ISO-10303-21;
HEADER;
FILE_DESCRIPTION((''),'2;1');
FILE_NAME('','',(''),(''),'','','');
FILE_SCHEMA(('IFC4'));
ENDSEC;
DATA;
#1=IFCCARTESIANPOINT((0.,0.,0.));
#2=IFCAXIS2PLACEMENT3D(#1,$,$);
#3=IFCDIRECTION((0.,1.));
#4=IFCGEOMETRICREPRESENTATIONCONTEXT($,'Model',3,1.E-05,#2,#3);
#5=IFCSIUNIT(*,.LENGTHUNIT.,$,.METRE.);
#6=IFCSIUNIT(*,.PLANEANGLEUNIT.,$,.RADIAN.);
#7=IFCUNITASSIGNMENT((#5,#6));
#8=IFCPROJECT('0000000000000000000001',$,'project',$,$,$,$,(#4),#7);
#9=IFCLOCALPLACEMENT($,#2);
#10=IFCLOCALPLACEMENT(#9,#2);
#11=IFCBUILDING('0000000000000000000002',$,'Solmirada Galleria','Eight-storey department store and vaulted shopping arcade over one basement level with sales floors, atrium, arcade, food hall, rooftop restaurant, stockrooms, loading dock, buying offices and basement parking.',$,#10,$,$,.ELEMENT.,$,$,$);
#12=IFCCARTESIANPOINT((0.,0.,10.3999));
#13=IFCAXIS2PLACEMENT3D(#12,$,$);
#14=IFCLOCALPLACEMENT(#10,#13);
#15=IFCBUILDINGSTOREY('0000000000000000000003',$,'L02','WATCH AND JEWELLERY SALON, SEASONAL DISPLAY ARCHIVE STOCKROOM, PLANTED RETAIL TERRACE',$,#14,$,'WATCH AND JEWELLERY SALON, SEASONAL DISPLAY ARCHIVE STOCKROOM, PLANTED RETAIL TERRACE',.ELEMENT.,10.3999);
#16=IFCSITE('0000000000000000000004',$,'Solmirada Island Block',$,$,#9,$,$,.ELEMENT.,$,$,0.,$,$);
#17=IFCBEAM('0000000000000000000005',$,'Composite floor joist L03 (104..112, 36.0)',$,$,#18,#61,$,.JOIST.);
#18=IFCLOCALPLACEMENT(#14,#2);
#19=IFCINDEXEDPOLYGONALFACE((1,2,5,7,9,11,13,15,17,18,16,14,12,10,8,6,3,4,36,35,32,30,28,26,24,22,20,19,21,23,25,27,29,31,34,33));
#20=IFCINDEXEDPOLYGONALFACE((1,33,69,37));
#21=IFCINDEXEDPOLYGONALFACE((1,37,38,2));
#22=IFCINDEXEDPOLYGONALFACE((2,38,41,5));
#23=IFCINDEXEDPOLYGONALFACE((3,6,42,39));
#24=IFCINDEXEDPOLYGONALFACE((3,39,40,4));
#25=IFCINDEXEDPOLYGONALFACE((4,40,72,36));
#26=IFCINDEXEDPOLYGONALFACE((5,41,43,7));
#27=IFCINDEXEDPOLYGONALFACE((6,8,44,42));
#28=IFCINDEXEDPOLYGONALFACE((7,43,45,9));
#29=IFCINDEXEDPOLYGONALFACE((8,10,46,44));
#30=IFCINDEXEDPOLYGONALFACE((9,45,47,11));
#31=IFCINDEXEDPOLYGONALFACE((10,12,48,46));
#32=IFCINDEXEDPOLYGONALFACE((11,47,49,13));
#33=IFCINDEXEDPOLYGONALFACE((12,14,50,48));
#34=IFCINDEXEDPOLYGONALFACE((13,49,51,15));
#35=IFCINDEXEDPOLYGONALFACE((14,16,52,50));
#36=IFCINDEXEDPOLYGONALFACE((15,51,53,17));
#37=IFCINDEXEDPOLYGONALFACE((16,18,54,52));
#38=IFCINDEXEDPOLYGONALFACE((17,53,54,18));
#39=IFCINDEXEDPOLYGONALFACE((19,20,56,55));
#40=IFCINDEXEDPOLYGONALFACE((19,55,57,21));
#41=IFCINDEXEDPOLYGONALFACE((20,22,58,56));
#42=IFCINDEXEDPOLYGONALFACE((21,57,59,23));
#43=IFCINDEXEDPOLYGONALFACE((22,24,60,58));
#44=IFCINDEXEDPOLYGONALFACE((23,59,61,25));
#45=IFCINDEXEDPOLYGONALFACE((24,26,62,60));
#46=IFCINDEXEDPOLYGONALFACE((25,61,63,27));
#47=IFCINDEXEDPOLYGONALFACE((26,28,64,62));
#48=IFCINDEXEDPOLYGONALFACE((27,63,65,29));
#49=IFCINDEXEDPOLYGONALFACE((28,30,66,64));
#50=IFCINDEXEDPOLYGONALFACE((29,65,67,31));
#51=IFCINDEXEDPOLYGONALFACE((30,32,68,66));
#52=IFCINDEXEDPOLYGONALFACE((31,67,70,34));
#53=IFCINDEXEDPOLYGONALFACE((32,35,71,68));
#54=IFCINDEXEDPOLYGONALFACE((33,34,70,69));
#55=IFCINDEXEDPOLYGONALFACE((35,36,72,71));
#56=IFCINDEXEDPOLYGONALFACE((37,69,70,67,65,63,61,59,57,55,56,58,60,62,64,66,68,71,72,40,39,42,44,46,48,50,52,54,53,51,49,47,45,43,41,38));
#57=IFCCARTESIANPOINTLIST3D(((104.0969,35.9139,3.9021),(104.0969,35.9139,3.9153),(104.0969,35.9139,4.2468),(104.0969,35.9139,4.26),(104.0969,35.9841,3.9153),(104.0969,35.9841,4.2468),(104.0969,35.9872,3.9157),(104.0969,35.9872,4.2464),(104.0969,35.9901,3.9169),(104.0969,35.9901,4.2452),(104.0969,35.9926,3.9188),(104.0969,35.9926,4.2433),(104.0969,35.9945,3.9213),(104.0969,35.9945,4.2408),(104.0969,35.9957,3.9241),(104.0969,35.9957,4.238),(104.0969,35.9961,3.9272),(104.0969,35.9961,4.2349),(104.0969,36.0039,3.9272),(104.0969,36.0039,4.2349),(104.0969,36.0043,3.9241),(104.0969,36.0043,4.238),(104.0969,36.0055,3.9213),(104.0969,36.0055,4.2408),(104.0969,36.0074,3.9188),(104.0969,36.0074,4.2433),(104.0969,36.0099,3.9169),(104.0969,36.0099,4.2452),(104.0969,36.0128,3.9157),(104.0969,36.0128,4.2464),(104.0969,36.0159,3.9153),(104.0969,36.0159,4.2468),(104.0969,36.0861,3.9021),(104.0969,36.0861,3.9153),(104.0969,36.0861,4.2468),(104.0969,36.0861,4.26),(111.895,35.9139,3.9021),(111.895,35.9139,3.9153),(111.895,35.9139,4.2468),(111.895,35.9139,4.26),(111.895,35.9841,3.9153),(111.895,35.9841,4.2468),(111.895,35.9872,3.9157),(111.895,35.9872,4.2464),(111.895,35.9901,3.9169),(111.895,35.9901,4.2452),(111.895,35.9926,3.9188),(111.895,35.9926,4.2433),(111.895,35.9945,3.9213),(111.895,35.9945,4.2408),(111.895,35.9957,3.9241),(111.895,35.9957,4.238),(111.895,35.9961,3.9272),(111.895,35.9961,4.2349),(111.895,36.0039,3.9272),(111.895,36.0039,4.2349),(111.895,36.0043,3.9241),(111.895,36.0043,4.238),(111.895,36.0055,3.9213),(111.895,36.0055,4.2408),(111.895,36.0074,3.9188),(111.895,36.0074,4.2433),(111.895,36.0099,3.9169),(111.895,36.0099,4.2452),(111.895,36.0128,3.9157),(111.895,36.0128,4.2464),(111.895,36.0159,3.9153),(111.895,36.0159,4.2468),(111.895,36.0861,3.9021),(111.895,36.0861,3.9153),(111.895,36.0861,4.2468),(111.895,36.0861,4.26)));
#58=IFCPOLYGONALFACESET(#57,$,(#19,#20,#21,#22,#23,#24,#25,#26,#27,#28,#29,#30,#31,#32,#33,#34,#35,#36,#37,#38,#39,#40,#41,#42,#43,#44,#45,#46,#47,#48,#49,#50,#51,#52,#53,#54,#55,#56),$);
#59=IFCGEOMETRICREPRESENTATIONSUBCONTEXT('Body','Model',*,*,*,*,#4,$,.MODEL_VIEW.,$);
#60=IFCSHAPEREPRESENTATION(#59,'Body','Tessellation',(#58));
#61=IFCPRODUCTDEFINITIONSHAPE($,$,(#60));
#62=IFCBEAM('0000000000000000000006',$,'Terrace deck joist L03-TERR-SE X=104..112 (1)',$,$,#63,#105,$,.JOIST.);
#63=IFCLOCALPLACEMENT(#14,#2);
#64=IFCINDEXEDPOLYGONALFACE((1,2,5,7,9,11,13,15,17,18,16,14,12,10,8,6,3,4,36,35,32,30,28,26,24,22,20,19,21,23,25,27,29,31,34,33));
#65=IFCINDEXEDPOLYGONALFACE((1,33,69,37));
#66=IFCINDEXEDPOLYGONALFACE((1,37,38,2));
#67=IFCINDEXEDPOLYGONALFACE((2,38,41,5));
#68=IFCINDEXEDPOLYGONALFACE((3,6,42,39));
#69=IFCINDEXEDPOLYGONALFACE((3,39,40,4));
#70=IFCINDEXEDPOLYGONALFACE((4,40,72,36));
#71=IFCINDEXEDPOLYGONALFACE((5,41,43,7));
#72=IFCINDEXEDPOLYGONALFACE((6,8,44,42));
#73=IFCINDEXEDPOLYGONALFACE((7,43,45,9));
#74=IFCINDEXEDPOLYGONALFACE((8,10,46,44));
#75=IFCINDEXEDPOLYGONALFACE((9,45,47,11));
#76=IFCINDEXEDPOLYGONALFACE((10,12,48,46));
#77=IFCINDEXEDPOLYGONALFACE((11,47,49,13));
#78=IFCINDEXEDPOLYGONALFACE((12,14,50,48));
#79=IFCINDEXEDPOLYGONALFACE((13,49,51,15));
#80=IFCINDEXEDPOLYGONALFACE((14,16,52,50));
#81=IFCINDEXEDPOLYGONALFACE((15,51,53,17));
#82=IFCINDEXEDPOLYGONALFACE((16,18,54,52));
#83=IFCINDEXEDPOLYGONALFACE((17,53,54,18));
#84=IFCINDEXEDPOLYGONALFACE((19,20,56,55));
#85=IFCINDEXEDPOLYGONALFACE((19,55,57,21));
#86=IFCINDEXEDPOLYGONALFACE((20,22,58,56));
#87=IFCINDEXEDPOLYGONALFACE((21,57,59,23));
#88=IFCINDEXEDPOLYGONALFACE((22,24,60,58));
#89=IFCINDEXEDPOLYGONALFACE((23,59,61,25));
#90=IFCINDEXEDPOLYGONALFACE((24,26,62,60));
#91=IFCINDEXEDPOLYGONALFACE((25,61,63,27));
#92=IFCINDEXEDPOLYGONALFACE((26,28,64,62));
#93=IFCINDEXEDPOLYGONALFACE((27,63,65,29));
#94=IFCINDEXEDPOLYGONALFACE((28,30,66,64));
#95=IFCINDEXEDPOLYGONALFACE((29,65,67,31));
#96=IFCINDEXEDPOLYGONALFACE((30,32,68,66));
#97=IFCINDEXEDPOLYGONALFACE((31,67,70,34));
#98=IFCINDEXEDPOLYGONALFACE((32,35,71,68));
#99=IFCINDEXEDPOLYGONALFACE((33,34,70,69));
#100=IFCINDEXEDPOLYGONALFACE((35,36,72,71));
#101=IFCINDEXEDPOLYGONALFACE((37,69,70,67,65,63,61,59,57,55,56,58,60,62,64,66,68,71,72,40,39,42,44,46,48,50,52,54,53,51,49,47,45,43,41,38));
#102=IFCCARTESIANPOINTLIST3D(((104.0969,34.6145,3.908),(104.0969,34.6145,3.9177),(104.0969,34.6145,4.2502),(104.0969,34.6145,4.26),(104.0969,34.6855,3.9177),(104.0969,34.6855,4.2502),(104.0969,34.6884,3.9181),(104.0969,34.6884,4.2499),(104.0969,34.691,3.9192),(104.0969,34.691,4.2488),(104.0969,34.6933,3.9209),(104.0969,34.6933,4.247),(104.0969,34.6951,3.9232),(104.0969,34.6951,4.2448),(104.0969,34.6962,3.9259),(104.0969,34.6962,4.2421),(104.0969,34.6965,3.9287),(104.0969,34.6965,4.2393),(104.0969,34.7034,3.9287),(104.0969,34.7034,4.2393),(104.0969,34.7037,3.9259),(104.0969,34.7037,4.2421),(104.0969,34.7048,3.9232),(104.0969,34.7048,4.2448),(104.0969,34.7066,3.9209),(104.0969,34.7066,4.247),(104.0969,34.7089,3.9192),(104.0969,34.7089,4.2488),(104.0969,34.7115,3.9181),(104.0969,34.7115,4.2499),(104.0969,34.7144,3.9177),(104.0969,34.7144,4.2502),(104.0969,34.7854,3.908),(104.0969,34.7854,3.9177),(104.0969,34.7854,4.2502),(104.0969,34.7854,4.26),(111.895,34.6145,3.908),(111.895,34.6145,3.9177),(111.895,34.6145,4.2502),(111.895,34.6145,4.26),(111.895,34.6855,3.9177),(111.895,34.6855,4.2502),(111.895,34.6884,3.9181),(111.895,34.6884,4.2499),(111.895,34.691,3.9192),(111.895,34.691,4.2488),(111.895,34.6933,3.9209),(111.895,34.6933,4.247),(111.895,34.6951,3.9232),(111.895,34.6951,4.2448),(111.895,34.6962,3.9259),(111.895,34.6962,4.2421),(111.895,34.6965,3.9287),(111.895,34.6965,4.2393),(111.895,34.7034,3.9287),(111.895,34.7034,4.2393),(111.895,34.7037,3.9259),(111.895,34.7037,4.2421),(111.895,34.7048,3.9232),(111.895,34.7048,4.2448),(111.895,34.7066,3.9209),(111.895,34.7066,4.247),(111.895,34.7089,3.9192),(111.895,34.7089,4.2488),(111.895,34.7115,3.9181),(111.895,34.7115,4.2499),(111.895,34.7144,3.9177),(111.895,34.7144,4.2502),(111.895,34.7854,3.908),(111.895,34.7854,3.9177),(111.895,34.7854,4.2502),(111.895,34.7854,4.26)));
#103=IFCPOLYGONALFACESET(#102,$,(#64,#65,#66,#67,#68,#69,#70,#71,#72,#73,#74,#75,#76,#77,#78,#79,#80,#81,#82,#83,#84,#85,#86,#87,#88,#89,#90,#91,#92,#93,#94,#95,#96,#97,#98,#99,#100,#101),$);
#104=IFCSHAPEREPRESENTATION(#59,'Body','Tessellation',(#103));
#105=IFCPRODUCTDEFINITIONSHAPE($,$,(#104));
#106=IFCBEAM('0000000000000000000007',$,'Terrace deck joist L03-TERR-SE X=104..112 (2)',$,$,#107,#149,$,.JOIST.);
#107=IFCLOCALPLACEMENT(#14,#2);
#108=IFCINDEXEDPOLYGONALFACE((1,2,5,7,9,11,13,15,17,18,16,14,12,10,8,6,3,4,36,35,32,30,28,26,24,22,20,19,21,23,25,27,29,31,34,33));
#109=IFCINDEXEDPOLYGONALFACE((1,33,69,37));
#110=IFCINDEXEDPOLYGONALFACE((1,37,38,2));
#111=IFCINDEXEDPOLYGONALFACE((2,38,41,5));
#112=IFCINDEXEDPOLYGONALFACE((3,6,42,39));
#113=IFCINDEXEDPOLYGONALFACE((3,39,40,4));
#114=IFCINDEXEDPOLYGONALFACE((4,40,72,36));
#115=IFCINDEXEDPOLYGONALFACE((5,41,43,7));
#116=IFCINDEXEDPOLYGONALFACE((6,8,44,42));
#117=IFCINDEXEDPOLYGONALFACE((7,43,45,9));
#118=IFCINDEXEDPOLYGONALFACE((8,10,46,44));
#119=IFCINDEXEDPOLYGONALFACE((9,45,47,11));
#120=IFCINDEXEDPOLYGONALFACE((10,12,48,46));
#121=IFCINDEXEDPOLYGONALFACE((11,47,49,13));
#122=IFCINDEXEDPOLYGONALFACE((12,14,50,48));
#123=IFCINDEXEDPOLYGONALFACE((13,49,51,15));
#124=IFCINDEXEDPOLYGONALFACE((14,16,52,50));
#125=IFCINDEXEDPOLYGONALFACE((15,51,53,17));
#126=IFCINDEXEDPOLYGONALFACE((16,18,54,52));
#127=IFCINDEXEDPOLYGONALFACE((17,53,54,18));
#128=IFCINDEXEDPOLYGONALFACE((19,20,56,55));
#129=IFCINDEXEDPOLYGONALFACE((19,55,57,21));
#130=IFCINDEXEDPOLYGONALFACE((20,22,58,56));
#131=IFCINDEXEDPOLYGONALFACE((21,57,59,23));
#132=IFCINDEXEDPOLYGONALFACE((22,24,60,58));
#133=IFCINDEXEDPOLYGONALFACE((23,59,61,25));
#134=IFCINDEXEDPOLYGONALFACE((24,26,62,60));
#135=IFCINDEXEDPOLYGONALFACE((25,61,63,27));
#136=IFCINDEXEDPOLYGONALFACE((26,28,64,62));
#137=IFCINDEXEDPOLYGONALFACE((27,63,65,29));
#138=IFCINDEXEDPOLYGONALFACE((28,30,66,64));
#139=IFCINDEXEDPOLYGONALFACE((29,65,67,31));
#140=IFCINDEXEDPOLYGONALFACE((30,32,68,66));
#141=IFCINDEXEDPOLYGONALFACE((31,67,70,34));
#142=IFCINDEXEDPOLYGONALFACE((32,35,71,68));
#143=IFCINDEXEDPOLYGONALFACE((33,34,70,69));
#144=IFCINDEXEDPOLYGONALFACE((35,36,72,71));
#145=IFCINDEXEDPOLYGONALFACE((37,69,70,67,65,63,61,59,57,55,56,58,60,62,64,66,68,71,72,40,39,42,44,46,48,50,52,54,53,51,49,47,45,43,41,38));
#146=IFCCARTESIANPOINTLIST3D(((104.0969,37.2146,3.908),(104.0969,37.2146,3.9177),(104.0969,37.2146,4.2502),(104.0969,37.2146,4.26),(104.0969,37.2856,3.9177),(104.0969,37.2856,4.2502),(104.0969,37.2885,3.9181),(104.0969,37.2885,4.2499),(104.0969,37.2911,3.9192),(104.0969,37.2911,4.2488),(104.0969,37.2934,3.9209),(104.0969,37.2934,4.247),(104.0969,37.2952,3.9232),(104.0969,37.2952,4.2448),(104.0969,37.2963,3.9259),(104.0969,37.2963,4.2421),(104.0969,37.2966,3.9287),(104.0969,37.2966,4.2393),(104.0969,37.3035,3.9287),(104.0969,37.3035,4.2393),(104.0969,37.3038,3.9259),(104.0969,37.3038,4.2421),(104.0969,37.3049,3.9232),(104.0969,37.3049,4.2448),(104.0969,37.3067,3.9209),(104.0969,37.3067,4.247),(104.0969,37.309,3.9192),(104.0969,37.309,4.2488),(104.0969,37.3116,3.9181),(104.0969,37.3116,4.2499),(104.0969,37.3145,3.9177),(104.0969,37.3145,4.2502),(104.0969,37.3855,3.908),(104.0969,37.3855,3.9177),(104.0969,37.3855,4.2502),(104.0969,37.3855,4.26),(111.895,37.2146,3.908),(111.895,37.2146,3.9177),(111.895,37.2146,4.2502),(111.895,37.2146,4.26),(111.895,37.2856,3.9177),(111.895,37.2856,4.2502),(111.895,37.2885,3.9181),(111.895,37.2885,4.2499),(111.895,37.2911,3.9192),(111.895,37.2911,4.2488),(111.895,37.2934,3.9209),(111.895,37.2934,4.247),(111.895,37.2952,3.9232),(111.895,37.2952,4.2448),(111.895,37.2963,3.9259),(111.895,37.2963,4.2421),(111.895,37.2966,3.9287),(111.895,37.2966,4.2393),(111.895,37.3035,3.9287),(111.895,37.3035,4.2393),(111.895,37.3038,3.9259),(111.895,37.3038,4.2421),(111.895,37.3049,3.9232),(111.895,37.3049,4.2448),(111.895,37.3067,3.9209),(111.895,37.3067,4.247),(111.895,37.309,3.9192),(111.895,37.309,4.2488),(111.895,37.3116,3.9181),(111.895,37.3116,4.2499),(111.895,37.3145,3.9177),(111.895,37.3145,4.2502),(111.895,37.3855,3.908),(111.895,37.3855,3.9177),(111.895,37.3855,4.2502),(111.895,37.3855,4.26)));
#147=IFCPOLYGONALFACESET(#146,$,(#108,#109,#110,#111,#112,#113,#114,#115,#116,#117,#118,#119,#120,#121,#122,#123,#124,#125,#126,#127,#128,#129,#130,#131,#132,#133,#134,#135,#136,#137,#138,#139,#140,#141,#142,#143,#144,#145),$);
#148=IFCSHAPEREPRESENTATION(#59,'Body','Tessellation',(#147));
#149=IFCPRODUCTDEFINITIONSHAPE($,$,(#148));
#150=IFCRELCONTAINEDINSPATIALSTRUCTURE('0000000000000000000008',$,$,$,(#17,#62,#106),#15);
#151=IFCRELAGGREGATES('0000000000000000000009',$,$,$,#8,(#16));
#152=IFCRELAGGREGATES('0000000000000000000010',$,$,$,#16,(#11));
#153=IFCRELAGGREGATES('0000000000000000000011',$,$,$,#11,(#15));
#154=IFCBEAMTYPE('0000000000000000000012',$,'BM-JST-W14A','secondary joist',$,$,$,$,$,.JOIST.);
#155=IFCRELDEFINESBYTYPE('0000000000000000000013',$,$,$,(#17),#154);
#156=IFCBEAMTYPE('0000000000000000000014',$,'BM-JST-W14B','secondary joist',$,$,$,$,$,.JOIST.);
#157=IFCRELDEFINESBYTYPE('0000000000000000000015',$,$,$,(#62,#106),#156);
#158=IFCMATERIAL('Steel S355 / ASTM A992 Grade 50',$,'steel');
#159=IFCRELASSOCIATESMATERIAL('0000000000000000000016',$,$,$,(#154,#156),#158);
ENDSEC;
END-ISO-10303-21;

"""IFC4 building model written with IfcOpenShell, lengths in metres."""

from ifc_helpers import new_model, si_unit, direction, frame, origin, origin_2d, place, context, subcontext, project, spatial, i_section, extrude, material, material_profile, profile_set, type_object, element, save


model = new_model("IFC4")

# Units and contexts
model_context = context("Model", 3, precision=1e-05, world=origin(), true_north=direction((0.0, 1.0)))
body_context = subcontext(model_context, "Body", "Model", "MODEL_VIEW")
ifc_project = project(units=[si_unit("LENGTHUNIT", "METRE"), si_unit("PLANEANGLEUNIT", "RADIAN")], contexts=[model_context])

# Site, building, storey
site_placement = place(None, origin())
site = spatial("IfcSite", under=ifc_project, at=site_placement, Name="Solmirada Island Block", CompositionType="ELEMENT", RefElevation=0.0)
building_placement = place(site_placement, origin())
building = spatial("IfcBuilding", under=site, at=building_placement, Name="Solmirada Galleria", Description="Eight-storey department store and vaulted shopping arcade over one basement level with sales floors, atrium, arcade, food hall, rooftop restaurant, stockrooms, loading dock, buying offices and basement parking.", CompositionType="ELEMENT")
storey_placement = place(building_placement, frame((0.0, 0.0, 10.3999)))
storey = spatial("IfcBuildingStorey", under=building, at=storey_placement, Name="L02", Description="WATCH AND JEWELLERY SALON, SEASONAL DISPLAY ARCHIVE STOCKROOM, PLANTED RETAIL TERRACE", LongName="WATCH AND JEWELLERY SALON, SEASONAL DISPLAY ARCHIVE STOCKROOM, PLANTED RETAIL TERRACE", CompositionType="ELEMENT", Elevation=10.3999)

# Beams
ifc_material_1 = material(Name="Steel S355 / ASTM A992 Grade 50", Category="steel")
ifc_material_profile_1 = material_profile(ifc_material_1, i_section(OverallWidth=0.1721, OverallDepth=0.3579, WebThickness=0.0078, FlangeThickness=0.0132, FilletRadius=0.012, at=origin_2d()), Name="W14X38")
ifc_profile_set_1 = profile_set([ifc_material_profile_1], Name="Steel S355 / ASTM A992 Grade 50")
beam_type_1 = type_object("IfcBeamType", Name="BM-JST-W14A", Description="secondary joist", PredefinedType="JOIST", material=ifc_profile_set_1)
beam_1_placement = place(storey_placement, frame((104.0969, 36.0, 4.0811), z_axis=(1.0, 0.0, 0.0), x_axis=(0.0, 1.0, 0.0)))
element("IfcBeam", 1, at=beam_1_placement, inside=storey, type_object=beam_type_1, Name="Composite floor joist L03 (104..112, 36.0)", PredefinedType="JOIST", context=body_context, shape_type="SweptSolid", body=[
    extrude(i_section(OverallWidth=0.1721, OverallDepth=0.3579, WebThickness=0.0078, FlangeThickness=0.0132, FilletRadius=0.012, at=origin_2d()), origin(), (0.0, 0.0, 1.0), 7.7981),
])
ifc_material_profile_2 = material_profile(ifc_material_1, i_section(OverallWidth=0.1709, OverallDepth=0.3521, WebThickness=0.0068, FlangeThickness=0.0098, FilletRadius=0.011, at=origin_2d()), Name="W14X30")
ifc_profile_set_2 = profile_set([ifc_material_profile_2], Name="Steel S355 / ASTM A992 Grade 50")
beam_type_2 = type_object("IfcBeamType", Name="BM-JST-W14B", Description="secondary joist", PredefinedType="JOIST", material=ifc_profile_set_2)
for number, where, z_axis, x_axis, name in (
    (2, (104.0969, 34.7, 4.084), (1.0, 0.0, 0.0), (0.0, 1.0, 0.0), "Terrace deck joist L03-TERR-SE X=104..112 (1)"),
    (3, (104.0969, 37.3, 4.084), (1.0, 0.0, 0.0), (0.0, 1.0, 0.0), "Terrace deck joist L03-TERR-SE X=104..112 (2)"),
):
    element("IfcBeam", number, at=place(storey_placement, frame(where, z_axis=z_axis, x_axis=x_axis)), inside=storey, type_object=beam_type_2, Name=name, PredefinedType="JOIST", context=body_context, shape_type="SweptSolid", body=[
        extrude(i_section(OverallWidth=0.1709, OverallDepth=0.3521, WebThickness=0.0068, FlangeThickness=0.0098, FilletRadius=0.011, at=origin_2d()), origin(), (0.0, 0.0, 1.0), 7.7981),
    ])

save(model, "model.ifc")
